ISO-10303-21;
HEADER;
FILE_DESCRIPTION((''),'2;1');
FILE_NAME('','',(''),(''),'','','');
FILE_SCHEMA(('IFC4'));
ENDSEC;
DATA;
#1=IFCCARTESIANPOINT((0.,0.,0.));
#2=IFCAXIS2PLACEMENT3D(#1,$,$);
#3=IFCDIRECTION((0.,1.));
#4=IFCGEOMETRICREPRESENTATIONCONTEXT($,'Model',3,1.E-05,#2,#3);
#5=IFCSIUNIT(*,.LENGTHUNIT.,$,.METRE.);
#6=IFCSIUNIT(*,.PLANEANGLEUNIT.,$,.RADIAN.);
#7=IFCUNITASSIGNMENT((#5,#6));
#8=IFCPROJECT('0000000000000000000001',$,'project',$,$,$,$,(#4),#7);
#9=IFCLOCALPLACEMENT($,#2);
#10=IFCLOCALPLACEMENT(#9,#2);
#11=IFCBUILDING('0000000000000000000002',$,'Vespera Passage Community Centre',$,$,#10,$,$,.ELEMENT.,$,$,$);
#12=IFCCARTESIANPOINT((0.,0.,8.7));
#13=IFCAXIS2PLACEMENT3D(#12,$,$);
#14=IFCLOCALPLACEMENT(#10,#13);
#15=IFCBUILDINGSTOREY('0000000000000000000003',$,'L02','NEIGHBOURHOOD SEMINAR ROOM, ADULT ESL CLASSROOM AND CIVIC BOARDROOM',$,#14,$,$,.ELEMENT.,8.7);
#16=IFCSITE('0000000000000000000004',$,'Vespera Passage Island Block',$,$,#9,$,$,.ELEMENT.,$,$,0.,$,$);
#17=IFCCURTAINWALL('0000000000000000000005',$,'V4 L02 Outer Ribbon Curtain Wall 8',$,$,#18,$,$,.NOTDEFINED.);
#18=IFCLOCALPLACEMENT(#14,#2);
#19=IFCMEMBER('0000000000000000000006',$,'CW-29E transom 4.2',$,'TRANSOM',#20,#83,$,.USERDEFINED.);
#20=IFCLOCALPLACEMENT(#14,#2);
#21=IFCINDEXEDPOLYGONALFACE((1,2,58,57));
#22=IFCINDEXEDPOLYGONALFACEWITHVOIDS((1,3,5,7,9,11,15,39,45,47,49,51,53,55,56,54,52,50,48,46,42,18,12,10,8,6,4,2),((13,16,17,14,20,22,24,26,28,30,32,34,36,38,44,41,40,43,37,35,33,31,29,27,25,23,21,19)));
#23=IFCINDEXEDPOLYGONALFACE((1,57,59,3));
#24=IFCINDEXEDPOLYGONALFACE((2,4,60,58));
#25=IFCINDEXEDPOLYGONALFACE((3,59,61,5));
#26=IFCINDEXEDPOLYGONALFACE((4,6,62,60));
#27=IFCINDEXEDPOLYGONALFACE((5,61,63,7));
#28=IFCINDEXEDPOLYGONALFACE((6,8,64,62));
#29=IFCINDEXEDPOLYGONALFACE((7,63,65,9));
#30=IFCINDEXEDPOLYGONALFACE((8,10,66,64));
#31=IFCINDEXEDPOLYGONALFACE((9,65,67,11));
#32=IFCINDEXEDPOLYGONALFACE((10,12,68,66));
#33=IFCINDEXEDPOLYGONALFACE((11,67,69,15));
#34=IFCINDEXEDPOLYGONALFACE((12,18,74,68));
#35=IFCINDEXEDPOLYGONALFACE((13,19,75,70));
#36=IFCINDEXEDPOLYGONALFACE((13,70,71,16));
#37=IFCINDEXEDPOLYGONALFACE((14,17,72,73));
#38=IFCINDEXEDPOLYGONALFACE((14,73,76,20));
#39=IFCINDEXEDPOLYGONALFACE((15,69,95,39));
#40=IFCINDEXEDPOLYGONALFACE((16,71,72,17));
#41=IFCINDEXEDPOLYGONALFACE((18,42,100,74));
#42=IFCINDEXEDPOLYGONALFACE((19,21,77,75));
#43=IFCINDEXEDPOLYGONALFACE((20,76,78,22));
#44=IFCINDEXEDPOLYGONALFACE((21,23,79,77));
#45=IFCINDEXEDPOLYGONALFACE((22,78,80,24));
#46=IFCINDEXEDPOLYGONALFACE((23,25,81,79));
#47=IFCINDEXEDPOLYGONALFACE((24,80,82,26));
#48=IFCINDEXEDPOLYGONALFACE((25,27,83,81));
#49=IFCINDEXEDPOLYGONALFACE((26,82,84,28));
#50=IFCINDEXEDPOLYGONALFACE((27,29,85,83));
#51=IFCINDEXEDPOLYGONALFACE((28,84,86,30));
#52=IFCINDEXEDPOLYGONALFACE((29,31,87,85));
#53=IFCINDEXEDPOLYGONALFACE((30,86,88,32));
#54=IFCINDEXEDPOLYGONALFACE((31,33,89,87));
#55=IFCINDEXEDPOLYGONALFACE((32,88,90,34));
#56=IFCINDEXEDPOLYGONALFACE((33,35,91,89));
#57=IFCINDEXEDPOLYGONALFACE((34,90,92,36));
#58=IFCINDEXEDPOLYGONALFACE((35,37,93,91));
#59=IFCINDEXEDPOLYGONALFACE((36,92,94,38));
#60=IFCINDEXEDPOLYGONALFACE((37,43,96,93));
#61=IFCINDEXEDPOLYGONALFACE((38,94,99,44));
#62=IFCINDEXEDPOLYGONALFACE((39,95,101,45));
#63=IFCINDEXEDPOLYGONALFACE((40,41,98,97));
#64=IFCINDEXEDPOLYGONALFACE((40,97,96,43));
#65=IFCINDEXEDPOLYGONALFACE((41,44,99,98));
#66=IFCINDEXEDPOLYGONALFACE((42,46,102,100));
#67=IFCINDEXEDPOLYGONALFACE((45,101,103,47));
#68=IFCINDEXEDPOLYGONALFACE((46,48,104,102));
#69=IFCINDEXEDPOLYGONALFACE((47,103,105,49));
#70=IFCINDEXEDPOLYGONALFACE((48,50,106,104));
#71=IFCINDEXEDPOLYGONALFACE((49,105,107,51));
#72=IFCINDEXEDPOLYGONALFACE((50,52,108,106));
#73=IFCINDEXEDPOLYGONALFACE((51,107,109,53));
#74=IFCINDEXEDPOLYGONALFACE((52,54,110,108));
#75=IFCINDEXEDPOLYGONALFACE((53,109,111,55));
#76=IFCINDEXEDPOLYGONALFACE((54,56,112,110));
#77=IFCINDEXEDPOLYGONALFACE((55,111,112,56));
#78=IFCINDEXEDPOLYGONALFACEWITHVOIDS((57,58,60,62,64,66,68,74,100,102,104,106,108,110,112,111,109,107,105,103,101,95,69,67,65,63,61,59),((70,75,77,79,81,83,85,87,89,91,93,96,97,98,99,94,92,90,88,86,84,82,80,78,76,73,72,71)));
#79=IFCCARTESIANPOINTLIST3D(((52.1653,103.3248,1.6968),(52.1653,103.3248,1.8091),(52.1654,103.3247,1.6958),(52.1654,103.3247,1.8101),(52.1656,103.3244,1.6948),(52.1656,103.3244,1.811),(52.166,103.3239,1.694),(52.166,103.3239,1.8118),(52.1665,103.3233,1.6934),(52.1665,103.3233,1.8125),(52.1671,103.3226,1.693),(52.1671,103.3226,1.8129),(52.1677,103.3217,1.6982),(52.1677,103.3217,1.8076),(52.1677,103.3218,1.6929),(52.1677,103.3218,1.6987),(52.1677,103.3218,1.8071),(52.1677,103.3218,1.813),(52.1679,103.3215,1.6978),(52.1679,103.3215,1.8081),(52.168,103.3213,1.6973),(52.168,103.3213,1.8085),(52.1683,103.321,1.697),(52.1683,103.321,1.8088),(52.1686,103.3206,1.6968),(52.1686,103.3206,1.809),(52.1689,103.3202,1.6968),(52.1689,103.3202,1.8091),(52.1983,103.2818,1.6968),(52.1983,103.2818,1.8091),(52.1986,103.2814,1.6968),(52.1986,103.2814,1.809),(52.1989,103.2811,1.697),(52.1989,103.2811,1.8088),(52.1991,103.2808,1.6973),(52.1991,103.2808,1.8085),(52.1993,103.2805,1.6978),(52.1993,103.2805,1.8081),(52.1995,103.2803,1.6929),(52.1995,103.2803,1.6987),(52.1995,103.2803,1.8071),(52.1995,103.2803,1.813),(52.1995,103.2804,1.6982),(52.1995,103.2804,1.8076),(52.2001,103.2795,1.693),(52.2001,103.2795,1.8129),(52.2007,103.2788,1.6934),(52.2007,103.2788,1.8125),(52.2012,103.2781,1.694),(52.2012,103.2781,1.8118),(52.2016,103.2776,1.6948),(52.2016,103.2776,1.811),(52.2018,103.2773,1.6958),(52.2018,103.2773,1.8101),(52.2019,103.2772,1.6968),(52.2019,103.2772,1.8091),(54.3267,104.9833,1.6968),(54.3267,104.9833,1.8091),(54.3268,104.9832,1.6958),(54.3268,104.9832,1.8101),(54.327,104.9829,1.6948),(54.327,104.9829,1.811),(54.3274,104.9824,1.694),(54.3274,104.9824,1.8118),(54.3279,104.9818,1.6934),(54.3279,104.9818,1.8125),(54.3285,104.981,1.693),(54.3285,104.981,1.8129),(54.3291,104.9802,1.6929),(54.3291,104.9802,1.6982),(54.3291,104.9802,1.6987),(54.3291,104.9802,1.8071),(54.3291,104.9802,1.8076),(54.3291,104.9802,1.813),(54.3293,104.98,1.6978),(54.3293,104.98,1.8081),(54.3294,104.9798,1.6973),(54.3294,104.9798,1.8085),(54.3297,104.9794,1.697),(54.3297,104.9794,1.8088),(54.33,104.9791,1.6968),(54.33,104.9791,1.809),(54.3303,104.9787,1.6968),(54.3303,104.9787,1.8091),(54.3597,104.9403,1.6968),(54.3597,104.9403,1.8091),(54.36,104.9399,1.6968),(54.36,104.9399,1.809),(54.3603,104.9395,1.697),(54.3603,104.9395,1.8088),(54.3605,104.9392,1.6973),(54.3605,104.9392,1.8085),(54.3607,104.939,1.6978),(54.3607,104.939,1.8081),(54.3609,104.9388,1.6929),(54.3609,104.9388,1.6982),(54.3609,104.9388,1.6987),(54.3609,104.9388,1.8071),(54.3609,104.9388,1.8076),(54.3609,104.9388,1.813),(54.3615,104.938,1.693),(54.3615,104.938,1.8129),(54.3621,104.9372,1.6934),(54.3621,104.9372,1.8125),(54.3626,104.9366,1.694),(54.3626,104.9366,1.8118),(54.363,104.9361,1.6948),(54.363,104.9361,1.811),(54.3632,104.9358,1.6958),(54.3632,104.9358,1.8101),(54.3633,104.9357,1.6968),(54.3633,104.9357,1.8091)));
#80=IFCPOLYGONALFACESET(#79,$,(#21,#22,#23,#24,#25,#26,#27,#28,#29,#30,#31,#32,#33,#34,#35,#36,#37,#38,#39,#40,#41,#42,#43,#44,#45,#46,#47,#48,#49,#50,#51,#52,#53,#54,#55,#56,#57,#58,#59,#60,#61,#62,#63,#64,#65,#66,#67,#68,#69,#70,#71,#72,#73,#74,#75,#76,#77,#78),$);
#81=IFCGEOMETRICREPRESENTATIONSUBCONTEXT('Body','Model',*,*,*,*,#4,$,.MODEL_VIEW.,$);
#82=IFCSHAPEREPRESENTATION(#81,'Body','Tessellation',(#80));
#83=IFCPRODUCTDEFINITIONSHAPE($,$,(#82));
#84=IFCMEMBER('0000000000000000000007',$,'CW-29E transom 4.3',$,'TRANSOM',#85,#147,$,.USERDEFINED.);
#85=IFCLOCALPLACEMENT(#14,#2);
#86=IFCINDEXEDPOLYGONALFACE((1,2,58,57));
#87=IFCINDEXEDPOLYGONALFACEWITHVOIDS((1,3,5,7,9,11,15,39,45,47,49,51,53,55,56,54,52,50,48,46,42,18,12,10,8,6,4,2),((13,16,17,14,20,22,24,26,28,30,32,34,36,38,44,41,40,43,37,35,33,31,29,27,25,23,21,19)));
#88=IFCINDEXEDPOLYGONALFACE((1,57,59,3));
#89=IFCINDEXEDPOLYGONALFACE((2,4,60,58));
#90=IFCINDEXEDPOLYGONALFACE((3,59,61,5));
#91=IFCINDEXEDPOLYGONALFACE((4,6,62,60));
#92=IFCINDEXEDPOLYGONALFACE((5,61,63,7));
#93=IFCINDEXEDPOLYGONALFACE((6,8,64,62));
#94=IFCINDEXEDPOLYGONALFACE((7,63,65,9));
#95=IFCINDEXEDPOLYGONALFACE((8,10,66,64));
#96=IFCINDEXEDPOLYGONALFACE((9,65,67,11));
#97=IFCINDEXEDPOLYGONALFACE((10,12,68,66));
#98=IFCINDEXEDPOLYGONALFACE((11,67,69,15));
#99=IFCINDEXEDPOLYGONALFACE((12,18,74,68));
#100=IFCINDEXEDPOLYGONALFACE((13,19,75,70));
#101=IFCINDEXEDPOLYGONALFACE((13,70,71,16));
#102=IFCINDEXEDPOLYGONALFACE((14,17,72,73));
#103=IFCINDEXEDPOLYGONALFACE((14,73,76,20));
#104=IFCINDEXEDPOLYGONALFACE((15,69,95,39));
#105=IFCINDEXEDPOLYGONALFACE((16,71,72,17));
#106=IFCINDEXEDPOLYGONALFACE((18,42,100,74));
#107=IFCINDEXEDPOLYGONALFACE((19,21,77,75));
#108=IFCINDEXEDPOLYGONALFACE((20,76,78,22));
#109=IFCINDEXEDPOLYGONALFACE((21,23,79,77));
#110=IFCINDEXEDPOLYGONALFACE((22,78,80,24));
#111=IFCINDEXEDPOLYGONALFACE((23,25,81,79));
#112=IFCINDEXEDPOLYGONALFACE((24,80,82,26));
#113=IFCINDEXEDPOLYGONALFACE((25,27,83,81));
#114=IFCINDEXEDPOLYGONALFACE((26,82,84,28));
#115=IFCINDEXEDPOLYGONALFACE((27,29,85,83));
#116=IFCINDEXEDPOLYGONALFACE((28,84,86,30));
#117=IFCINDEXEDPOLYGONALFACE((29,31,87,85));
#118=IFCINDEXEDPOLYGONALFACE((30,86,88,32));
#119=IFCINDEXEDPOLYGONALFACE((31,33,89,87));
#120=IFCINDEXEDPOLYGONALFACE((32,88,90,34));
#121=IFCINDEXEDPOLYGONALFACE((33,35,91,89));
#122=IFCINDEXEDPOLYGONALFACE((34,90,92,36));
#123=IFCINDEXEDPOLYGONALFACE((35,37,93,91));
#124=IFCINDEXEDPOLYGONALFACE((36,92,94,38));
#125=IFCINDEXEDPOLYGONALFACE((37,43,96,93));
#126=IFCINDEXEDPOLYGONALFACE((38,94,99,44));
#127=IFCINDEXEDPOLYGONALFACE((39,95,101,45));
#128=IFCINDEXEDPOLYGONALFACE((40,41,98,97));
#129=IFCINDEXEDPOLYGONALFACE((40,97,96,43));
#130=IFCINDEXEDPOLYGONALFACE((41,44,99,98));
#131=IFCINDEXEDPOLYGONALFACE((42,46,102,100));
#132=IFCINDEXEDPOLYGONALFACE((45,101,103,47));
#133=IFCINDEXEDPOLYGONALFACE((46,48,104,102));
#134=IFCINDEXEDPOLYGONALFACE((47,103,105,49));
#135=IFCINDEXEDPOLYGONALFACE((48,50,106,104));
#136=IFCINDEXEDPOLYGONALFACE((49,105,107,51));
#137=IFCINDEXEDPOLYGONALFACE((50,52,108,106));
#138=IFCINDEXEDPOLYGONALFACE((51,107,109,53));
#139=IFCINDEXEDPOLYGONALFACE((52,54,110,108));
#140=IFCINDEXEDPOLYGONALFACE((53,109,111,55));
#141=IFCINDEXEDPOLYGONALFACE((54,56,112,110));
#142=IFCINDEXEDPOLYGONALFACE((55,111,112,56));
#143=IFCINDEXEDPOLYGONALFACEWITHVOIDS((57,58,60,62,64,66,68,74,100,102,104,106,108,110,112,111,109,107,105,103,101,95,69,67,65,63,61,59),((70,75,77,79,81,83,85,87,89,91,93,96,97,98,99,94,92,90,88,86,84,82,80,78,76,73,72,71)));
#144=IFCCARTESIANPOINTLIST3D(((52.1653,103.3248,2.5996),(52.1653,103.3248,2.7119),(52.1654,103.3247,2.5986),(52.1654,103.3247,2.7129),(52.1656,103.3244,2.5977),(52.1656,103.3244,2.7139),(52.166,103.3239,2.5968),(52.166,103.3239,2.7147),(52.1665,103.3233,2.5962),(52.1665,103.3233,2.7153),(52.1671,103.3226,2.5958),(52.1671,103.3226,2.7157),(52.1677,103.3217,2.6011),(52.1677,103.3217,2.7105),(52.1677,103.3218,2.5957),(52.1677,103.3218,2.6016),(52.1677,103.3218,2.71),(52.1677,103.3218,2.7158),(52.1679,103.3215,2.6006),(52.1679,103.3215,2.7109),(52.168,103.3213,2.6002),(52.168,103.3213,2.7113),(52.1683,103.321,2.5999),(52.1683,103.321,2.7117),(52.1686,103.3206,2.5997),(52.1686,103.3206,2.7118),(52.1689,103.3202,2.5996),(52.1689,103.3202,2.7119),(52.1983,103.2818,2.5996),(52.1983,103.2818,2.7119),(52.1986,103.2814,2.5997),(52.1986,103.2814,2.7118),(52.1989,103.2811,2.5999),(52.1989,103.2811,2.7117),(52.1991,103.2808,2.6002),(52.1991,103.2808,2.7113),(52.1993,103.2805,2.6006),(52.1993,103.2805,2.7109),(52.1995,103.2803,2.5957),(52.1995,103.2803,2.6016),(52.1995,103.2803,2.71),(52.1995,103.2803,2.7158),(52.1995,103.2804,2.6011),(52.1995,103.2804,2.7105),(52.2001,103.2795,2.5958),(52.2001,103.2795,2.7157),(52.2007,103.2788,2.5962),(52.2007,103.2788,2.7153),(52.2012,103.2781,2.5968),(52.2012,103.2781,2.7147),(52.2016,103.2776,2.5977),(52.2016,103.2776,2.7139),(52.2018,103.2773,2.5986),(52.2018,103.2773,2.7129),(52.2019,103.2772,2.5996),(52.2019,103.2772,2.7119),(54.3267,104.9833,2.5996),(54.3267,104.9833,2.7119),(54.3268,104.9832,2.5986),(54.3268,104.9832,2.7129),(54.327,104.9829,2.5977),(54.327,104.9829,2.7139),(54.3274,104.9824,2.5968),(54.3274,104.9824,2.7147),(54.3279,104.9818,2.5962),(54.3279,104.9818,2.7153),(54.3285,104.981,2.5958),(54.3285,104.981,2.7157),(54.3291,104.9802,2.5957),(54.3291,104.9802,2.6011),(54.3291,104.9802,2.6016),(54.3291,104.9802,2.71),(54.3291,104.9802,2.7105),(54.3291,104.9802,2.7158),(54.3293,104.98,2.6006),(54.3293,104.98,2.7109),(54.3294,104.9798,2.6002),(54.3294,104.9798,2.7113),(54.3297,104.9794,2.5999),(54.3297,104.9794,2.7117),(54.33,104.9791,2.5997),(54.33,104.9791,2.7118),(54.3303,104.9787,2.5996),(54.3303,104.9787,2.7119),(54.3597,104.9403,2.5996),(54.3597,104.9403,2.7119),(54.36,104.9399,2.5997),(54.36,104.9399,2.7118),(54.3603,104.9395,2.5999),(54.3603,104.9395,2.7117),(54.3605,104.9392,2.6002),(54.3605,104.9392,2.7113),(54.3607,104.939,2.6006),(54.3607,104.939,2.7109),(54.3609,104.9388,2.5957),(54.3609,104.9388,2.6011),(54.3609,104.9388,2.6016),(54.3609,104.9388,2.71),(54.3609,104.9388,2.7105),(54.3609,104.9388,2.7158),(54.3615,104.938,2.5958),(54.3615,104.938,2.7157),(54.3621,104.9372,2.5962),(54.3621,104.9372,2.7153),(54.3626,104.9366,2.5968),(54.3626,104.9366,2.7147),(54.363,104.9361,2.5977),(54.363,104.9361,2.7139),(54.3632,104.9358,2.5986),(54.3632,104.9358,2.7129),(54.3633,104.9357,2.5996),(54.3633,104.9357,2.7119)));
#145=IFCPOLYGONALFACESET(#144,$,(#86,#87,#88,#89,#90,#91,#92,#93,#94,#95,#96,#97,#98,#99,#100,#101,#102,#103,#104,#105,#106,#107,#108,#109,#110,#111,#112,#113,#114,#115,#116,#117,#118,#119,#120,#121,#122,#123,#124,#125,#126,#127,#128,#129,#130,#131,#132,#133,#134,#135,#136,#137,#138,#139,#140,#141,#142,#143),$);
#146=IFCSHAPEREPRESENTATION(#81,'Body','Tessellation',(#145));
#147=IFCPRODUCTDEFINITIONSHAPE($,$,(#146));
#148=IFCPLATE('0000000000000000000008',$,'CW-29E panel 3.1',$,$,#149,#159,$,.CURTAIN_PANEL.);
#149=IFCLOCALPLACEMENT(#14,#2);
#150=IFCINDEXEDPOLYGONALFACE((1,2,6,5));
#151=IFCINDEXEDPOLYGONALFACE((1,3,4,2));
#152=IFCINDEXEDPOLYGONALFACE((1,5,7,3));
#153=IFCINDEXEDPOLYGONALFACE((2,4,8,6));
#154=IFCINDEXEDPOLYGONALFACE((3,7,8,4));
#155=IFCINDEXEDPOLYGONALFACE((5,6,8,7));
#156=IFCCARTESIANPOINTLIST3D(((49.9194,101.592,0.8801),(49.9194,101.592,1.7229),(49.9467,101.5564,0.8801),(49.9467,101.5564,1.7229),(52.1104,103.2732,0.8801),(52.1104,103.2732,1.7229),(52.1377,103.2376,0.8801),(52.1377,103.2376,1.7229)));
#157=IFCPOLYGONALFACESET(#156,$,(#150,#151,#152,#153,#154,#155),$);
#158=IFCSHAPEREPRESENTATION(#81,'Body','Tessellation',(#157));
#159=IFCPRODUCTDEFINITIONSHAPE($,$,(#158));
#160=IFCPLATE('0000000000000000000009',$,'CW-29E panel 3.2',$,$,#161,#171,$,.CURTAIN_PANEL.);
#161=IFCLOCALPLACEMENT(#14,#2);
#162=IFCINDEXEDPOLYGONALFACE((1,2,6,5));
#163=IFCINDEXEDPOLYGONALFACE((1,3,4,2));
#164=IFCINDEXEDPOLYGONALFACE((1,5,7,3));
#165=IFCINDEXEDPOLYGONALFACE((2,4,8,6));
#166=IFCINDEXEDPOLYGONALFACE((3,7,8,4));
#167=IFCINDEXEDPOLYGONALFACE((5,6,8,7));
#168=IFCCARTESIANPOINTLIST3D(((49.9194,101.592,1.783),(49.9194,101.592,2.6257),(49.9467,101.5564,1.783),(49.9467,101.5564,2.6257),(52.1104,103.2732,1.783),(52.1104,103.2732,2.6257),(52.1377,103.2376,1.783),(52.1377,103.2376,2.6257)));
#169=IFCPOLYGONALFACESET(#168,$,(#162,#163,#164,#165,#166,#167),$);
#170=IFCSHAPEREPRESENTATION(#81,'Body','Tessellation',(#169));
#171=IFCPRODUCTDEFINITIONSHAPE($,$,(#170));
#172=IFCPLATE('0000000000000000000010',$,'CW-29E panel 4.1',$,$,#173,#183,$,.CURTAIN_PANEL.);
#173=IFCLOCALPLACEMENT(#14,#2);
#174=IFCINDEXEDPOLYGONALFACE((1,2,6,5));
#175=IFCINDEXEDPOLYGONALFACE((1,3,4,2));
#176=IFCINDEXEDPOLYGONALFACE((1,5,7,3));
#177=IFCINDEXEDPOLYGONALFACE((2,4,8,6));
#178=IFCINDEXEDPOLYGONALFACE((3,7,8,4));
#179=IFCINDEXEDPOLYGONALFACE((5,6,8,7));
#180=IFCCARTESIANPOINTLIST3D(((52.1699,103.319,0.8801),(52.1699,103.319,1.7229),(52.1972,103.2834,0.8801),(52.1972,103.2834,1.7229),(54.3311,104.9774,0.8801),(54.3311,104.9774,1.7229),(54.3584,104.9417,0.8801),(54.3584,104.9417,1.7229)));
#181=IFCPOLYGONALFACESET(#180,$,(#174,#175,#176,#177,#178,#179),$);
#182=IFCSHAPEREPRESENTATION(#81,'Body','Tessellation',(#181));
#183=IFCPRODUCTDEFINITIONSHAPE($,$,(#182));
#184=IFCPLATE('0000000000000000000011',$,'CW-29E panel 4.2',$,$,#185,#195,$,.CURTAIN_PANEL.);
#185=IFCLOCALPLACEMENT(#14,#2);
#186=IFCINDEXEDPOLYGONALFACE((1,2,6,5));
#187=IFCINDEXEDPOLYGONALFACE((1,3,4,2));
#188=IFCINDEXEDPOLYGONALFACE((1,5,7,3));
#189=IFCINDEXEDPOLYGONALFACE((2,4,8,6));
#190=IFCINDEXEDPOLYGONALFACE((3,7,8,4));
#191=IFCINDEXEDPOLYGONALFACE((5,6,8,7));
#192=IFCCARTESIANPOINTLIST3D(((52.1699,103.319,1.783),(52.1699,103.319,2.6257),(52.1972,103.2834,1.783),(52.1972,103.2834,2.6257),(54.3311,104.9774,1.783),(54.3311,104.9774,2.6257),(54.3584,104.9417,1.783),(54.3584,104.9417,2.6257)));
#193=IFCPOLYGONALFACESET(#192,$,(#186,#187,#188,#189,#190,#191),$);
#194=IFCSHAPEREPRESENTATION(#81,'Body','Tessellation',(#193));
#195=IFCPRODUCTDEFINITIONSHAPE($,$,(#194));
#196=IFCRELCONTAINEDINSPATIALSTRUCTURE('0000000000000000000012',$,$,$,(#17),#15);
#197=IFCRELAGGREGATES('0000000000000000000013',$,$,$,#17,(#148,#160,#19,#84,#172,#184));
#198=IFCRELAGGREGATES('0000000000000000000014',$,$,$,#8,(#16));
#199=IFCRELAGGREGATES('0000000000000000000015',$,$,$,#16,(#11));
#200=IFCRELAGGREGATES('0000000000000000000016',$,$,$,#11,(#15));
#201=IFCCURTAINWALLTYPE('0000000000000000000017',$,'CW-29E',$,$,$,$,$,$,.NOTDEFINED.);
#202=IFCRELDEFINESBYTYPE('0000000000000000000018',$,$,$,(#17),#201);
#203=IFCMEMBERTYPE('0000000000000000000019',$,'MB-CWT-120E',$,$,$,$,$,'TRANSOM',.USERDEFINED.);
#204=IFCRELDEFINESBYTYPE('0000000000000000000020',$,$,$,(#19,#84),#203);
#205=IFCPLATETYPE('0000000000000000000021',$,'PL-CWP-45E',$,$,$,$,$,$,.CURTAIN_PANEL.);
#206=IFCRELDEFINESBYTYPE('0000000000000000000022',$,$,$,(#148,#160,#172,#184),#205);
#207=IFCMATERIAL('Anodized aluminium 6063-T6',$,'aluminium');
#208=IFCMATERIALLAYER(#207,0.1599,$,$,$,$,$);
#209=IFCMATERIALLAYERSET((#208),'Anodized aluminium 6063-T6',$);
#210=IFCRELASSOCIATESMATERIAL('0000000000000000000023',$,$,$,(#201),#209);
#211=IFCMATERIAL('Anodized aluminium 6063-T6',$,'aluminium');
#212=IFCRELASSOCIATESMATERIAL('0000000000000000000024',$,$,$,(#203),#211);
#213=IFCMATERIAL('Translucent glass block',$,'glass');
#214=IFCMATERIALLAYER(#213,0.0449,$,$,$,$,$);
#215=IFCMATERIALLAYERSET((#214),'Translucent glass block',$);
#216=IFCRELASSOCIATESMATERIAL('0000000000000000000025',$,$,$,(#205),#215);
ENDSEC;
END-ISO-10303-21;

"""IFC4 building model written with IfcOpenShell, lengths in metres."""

from ifc_helpers import new_model, si_unit, direction, frame, origin, origin_2d, place, context, subcontext, project, spatial, rectangle, hollow_rectangle, extrude, material, layer, layer_set, material_profile, profile_set, type_object, element, aggregate, save


model = new_model("IFC4")

# Units and contexts
model_context = context("Model", 3, precision=1e-05, world=origin(), true_north=direction((0.0, 1.0)))
body_context = subcontext(model_context, "Body", "Model", "MODEL_VIEW")
ifc_project = project(units=[si_unit("LENGTHUNIT", "METRE"), si_unit("PLANEANGLEUNIT", "RADIAN")], contexts=[model_context])

# Site, building, storey
site_placement = place(None, origin())
site = spatial("IfcSite", under=ifc_project, at=site_placement, Name="Vespera Passage Island Block", CompositionType="ELEMENT", RefElevation=0.0)
building_placement = place(site_placement, origin())
building = spatial("IfcBuilding", under=site, at=building_placement, Name="Vespera Passage Community Centre", CompositionType="ELEMENT")
storey_placement = place(building_placement, frame((0.0, 0.0, 8.7)))
storey = spatial("IfcBuildingStorey", under=building, at=storey_placement, Name="L02", Description="NEIGHBOURHOOD SEMINAR ROOM, ADULT ESL CLASSROOM AND CIVIC BOARDROOM", CompositionType="ELEMENT", Elevation=8.7)

# Curtain wall, members, plates
ifc_material_1 = material(Name="Anodized aluminium 6063-T6", Category="aluminium")
ifc_layer_1 = layer(ifc_material_1, 0.1599)
ifc_layer_set_1 = layer_set([ifc_layer_1], Name="Anodized aluminium 6063-T6")
curtain_wall_type = type_object("IfcCurtainWallType", Name="CW-29E", PredefinedType="NOTDEFINED", material=ifc_layer_set_1)
curtain_wall_placement = place(storey_placement, origin())
curtain_wall = element("IfcCurtainWall", 1, at=curtain_wall_placement, inside=storey, type_object=curtain_wall_type, Name="V4 L02 Outer Ribbon Curtain Wall 8", PredefinedType="NOTDEFINED")
ifc_material_2 = material(Name="Anodized aluminium 6063-T6", Category="aluminium")
ifc_material_profile_1 = material_profile(ifc_material_2, hollow_rectangle(XDim=0.0601, YDim=0.1201, WallThickness=0.0039, InnerFilletRadius=0.002, OuterFilletRadius=0.0039, at=origin_2d()), Name="ALU120X60X4")
ifc_profile_set_1 = profile_set([ifc_material_profile_1], Name="Anodized aluminium 6063-T6")
member_type_1 = type_object("IfcMemberType", Name="MB-CWT-120E", ElementType="TRANSOM", PredefinedType="USERDEFINED", material=ifc_profile_set_1)
member_1_placement = place(storey_placement, frame((52.1836, 103.301, 1.7529), z_axis=(0.79336, 0.608753, 0.0), x_axis=(-0.608753, 0.79336, 0.0)))
member_1 = element("IfcMember", 2, at=member_1_placement, type_object=member_type_1, Name="CW-29E transom 4.2", ObjectType="TRANSOM", PredefinedType="USERDEFINED", context=body_context, shape_type="SweptSolid", body=[
    extrude(hollow_rectangle(XDim=0.0601, YDim=0.1201, WallThickness=0.0039, InnerFilletRadius=0.002, OuterFilletRadius=0.0039, at=origin_2d()), origin(), (0.0, 0.0, 1.0), 2.7244),
])
member_2_placement = place(storey_placement, frame((52.1836, 103.301, 2.6558), z_axis=(0.79336, 0.608753, 0.0), x_axis=(-0.608753, 0.79336, 0.0)))
member_2 = element("IfcMember", 3, at=member_2_placement, type_object=member_type_1, Name="CW-29E transom 4.3", ObjectType="TRANSOM", PredefinedType="USERDEFINED", context=body_context, shape_type="SweptSolid", body=[
    extrude(hollow_rectangle(XDim=0.0601, YDim=0.1201, WallThickness=0.0039, InnerFilletRadius=0.002, OuterFilletRadius=0.0039, at=origin_2d()), origin(), (0.0, 0.0, 1.0), 2.7244),
])
ifc_material_3 = material(Name="Translucent glass block", Category="glass")
ifc_layer_2 = layer(ifc_material_3, 0.0449)
ifc_layer_set_2 = layer_set([ifc_layer_2], Name="Translucent glass block")
plate_type = type_object("IfcPlateType", Name="PL-CWP-45E", PredefinedType="CURTAIN_PANEL", material=ifc_layer_set_2)
plate_1_placement = place(storey_placement, frame((51.0286, 102.4148, 0.8801), z_axis=(0.0, 0.0, 1.0), x_axis=(0.793348, 0.608768, 0.0)))
plate_1 = element("IfcPlate", 4, at=plate_1_placement, type_object=plate_type, Name="CW-29E panel 3.1", PredefinedType="CURTAIN_PANEL", context=body_context, shape_type="SweptSolid", body=[
    extrude(rectangle(XDim=2.7617, YDim=0.0449, at=origin_2d()), origin(), (0.0, 0.0, 1.0), 0.8428),
])
plate_2_placement = place(storey_placement, frame((51.0286, 102.4148, 1.783), z_axis=(0.0, 0.0, 1.0), x_axis=(0.793348, 0.608768, 0.0)))
plate_2 = element("IfcPlate", 5, at=plate_2_placement, type_object=plate_type, Name="CW-29E panel 3.2", PredefinedType="CURTAIN_PANEL", context=body_context, shape_type="SweptSolid", body=[
    extrude(rectangle(XDim=2.7617, YDim=0.0449, at=origin_2d()), origin(), (0.0, 0.0, 1.0), 0.8428),
])
plate_3_placement = place(storey_placement, frame((53.2642, 104.1304, 0.8801), z_axis=(0.0, 0.0, 1.0), x_axis=(0.793348, 0.608768, 0.0)))
plate_3 = element("IfcPlate", 6, at=plate_3_placement, type_object=plate_type, Name="CW-29E panel 4.1", PredefinedType="CURTAIN_PANEL", context=body_context, shape_type="SweptSolid", body=[
    extrude(rectangle(XDim=2.7241, YDim=0.0449, at=origin_2d()), origin(), (0.0, 0.0, 1.0), 0.8428),
])
plate_4_placement = place(storey_placement, frame((53.2642, 104.1304, 1.783), z_axis=(0.0, 0.0, 1.0), x_axis=(0.793348, 0.608768, 0.0)))
plate_4 = element("IfcPlate", 7, at=plate_4_placement, type_object=plate_type, Name="CW-29E panel 4.2", PredefinedType="CURTAIN_PANEL", context=body_context, shape_type="SweptSolid", body=[
    extrude(rectangle(XDim=2.7241, YDim=0.0449, at=origin_2d()), origin(), (0.0, 0.0, 1.0), 0.8428),
])
aggregate(curtain_wall, [plate_1, plate_2, member_1, member_2, plate_3, plate_4])

save(model, "model.ifc")
